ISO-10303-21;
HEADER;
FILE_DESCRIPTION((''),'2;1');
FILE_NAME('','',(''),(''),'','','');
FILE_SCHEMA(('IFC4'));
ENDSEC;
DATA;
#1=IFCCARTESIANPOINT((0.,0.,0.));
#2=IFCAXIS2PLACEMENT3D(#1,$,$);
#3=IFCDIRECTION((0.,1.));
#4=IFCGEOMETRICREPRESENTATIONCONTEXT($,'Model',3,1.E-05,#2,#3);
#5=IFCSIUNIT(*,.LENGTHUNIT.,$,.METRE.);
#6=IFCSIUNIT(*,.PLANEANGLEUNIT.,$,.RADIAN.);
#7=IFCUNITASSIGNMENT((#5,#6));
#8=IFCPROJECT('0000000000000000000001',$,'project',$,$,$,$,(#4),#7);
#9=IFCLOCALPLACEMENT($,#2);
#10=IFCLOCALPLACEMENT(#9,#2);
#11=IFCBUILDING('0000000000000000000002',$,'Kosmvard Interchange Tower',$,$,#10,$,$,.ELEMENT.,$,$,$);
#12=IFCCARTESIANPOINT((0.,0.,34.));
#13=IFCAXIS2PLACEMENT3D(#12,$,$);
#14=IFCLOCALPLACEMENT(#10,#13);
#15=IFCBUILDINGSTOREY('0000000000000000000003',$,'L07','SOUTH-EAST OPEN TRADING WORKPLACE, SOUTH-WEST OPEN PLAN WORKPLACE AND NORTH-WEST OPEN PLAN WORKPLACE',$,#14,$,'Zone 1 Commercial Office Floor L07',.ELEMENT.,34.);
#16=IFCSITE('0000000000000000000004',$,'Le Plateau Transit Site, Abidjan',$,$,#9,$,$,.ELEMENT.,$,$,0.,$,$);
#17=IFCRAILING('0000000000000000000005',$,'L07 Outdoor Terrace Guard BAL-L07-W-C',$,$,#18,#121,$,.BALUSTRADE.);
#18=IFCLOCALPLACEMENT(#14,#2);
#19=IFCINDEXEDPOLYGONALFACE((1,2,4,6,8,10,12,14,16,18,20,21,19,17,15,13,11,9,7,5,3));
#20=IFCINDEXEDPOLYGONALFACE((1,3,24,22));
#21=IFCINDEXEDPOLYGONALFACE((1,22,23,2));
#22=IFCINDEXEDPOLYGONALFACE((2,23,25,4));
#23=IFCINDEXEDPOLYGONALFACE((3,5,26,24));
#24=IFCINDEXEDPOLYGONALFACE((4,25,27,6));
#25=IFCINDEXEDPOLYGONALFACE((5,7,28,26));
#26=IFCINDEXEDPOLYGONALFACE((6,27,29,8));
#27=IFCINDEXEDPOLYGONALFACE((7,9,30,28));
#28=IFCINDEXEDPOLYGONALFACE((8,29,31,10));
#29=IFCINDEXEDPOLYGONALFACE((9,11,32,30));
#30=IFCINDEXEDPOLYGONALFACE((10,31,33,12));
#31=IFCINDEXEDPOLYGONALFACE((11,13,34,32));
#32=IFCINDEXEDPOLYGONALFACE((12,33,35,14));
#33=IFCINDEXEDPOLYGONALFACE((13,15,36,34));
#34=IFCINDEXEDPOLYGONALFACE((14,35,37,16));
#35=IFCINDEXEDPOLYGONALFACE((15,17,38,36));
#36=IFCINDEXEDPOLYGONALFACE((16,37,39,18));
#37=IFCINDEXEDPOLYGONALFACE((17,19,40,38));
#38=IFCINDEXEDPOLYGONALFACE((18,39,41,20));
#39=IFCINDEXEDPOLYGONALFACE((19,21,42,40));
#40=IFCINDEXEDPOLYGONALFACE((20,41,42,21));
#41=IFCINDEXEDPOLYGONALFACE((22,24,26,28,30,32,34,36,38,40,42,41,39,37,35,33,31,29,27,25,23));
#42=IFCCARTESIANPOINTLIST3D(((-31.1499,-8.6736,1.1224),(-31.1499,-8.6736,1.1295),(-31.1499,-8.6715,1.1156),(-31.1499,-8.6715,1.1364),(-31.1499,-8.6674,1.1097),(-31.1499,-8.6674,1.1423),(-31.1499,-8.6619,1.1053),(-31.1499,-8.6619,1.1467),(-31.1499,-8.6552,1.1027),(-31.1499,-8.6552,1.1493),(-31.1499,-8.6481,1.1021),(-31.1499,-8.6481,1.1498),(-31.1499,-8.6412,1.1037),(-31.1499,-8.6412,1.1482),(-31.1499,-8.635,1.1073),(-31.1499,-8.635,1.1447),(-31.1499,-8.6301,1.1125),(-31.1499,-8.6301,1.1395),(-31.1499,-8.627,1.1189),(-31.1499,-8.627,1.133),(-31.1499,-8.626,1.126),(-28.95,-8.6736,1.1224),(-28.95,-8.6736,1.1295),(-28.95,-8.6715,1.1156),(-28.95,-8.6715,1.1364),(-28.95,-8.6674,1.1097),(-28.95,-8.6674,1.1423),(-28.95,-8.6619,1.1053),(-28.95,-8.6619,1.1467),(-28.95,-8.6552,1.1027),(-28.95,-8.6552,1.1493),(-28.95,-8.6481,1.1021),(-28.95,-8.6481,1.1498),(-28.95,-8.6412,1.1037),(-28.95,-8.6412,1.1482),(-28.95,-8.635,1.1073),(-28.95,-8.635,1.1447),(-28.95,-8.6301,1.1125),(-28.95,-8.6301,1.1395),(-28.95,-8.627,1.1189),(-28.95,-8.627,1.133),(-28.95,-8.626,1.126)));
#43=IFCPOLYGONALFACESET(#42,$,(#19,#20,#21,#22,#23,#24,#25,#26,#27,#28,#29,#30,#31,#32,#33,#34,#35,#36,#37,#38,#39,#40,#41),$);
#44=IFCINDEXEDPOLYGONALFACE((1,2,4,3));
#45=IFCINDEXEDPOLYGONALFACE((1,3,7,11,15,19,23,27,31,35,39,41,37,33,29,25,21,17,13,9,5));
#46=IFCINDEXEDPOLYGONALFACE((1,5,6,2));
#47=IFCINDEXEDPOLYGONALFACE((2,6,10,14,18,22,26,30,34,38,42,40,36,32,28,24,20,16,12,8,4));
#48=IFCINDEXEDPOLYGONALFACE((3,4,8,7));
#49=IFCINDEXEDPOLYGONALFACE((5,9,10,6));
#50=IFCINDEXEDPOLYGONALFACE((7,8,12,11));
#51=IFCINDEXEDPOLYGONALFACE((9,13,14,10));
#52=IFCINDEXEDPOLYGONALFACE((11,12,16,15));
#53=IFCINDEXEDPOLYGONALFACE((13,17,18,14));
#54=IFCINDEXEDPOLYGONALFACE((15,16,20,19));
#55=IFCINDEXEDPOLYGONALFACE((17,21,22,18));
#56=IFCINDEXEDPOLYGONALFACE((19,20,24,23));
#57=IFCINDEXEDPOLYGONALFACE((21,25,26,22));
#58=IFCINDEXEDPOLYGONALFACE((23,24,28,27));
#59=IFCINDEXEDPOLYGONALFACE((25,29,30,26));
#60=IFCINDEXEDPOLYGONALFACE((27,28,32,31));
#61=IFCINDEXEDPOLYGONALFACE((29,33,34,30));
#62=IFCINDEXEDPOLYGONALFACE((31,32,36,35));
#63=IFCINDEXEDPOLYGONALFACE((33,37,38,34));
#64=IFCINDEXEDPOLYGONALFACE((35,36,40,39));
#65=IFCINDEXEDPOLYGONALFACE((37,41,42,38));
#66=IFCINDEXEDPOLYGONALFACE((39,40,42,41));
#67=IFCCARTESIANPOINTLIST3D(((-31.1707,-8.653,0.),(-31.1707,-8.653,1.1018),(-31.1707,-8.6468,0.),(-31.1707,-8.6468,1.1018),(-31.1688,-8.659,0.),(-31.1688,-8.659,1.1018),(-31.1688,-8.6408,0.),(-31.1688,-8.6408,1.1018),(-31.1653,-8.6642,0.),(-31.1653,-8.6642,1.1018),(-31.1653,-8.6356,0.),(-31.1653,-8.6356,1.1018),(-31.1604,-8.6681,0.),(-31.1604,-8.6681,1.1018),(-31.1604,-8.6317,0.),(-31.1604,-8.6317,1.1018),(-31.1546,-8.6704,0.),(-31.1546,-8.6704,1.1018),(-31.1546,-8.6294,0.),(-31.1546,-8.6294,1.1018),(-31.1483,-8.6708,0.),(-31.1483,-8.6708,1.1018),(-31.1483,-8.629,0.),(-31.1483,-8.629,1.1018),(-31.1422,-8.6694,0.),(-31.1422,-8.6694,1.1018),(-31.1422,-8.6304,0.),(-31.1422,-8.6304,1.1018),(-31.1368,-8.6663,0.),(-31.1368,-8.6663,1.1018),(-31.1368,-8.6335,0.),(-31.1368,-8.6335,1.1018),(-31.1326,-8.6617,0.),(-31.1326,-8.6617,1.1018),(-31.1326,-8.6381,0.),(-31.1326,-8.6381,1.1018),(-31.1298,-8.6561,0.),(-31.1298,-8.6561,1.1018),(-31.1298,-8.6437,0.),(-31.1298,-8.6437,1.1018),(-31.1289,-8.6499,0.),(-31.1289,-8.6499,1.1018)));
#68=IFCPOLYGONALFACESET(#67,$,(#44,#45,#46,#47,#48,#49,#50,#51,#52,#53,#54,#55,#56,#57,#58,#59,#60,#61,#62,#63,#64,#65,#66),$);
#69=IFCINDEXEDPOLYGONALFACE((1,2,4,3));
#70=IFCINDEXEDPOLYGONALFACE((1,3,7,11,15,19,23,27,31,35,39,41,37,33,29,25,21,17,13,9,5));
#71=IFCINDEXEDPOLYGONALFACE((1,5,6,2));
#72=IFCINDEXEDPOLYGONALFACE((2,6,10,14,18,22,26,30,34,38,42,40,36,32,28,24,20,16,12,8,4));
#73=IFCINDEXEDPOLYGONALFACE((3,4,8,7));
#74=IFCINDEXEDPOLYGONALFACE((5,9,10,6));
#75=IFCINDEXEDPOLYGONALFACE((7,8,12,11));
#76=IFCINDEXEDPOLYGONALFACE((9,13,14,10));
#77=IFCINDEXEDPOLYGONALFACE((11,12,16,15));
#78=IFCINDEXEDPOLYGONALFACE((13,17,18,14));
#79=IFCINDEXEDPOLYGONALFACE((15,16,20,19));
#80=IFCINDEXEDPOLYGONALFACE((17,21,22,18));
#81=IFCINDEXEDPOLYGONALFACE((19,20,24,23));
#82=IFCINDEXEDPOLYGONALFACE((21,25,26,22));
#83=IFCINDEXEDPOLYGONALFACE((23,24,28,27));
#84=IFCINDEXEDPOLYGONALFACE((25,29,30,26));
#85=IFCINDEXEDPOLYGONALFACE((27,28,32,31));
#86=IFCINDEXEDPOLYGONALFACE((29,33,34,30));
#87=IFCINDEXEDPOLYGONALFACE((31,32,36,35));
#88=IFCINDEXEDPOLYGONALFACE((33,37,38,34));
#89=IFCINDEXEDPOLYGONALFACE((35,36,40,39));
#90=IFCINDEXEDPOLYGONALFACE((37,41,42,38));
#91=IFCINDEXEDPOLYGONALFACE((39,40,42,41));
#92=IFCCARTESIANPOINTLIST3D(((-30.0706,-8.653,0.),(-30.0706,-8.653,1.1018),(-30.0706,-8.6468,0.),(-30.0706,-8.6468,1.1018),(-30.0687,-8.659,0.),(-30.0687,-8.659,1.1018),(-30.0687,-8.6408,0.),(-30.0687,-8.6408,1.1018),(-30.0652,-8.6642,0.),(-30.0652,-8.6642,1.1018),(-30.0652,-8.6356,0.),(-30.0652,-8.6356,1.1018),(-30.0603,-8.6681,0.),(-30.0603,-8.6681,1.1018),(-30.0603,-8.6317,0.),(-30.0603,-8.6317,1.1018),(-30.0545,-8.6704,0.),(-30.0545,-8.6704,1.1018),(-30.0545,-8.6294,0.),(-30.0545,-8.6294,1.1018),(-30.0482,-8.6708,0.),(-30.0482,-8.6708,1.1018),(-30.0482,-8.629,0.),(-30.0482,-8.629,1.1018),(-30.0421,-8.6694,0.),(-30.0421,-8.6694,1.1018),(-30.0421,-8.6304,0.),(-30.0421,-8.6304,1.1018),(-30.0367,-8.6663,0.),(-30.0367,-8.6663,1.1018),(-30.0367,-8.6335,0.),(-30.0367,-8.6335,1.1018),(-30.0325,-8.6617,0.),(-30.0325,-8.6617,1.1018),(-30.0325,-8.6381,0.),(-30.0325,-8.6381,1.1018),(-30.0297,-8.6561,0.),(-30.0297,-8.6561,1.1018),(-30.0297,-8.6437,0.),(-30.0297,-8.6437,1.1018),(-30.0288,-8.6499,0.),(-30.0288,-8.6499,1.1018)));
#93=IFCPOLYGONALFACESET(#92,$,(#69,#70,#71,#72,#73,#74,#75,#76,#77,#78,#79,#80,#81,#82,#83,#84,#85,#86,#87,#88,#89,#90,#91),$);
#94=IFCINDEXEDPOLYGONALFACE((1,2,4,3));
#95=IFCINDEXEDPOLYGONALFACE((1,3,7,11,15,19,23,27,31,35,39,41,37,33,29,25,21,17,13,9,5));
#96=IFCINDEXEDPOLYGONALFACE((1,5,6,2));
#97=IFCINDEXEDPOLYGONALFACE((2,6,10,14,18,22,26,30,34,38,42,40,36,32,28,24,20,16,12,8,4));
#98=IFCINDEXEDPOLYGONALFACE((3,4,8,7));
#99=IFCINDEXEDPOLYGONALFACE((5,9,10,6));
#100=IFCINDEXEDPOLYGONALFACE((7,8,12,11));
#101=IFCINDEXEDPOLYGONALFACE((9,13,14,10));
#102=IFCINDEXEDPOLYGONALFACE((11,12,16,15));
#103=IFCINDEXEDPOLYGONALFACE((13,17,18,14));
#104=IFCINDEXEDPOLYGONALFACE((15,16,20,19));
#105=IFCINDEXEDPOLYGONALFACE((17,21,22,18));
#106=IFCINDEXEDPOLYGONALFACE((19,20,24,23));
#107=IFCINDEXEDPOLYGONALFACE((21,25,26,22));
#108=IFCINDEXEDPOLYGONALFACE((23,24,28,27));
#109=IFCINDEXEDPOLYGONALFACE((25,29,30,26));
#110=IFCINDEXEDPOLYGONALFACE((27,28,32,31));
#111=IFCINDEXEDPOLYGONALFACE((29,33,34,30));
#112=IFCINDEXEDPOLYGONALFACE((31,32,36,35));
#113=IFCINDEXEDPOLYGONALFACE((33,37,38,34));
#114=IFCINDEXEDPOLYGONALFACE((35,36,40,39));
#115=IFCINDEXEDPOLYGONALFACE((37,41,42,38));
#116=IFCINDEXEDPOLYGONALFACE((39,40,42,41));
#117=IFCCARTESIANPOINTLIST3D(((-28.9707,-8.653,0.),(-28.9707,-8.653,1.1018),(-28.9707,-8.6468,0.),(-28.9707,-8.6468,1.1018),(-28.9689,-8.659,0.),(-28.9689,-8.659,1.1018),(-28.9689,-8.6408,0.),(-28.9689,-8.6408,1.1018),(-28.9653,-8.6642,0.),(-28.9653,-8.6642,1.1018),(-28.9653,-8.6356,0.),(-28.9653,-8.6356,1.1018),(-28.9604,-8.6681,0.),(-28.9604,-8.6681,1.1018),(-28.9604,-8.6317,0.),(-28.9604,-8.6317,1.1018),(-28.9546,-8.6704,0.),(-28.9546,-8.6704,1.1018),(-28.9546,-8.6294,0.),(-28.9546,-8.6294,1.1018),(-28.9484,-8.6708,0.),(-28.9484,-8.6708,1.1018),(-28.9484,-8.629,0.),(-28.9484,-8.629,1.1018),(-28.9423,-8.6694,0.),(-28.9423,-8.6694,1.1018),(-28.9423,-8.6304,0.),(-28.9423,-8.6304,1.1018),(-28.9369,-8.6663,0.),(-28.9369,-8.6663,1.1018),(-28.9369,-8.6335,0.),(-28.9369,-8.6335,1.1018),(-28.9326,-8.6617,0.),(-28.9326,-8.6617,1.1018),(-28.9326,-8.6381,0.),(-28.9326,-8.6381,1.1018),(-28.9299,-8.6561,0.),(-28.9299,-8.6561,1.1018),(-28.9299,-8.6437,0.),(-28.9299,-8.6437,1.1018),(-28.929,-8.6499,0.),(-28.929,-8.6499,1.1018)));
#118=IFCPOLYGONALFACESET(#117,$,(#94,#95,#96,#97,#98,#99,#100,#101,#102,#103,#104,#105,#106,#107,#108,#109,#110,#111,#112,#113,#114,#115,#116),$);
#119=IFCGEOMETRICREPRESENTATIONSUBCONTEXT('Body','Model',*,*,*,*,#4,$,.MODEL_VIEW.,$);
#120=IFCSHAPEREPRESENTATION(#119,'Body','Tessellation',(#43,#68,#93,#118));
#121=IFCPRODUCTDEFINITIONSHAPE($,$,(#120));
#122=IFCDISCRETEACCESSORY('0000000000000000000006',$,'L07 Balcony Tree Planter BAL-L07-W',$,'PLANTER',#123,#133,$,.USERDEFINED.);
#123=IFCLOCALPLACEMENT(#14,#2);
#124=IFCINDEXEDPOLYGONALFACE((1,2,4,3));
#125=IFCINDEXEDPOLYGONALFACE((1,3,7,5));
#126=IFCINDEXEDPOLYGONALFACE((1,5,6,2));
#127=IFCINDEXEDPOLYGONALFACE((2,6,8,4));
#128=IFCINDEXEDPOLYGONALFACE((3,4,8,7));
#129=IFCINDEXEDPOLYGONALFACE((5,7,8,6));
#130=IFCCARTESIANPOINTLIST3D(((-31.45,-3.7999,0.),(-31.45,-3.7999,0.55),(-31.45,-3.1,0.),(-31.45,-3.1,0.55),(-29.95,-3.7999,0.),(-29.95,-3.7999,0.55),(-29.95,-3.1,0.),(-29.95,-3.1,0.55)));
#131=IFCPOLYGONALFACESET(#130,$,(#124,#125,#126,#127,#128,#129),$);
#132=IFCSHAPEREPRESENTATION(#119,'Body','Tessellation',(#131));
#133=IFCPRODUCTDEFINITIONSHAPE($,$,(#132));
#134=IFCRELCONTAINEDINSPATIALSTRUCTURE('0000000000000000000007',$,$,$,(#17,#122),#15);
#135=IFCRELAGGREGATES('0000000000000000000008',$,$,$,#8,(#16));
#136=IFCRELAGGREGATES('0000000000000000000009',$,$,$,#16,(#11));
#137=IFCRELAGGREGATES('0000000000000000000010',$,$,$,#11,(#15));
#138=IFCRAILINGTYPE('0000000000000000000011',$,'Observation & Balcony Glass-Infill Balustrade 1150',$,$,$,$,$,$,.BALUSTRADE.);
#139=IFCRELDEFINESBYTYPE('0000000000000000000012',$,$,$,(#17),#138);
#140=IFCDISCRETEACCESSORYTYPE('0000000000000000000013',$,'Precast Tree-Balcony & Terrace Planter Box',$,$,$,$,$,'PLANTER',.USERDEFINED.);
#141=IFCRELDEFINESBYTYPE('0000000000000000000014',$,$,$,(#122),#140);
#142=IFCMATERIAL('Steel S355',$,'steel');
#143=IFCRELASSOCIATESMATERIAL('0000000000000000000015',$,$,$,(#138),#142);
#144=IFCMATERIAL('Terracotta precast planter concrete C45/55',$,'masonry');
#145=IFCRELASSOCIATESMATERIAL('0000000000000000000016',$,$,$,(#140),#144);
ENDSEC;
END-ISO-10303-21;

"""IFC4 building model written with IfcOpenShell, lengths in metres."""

from ifc_helpers import new_model, si_unit, direction, frame, origin, origin_2d, place, context, subcontext, project, spatial, rectangle, circle, extrude, source, transform, mapped, material, type_object, element, save


model = new_model("IFC4")

# Units and contexts
model_context = context("Model", 3, precision=1e-05, world=origin(), true_north=direction((0.0, 1.0)))
body_context = subcontext(model_context, "Body", "Model", "MODEL_VIEW")
ifc_project = project(units=[si_unit("LENGTHUNIT", "METRE"), si_unit("PLANEANGLEUNIT", "RADIAN")], contexts=[model_context])

# Site, building, storey
site_placement = place(None, origin())
site = spatial("IfcSite", under=ifc_project, at=site_placement, Name="Le Plateau Transit Site, Abidjan", CompositionType="ELEMENT", RefElevation=0.0)
building_placement = place(site_placement, origin())
building = spatial("IfcBuilding", under=site, at=building_placement, Name="Kosmvard Interchange Tower", CompositionType="ELEMENT")
storey_placement = place(building_placement, frame((0.0, 0.0, 34.0)))
storey = spatial("IfcBuildingStorey", under=building, at=storey_placement, Name="L07", Description="SOUTH-EAST OPEN TRADING WORKPLACE, SOUTH-WEST OPEN PLAN WORKPLACE AND NORTH-WEST OPEN PLAN WORKPLACE", LongName="Zone 1 Commercial Office Floor L07", CompositionType="ELEMENT", Elevation=34.0)

# Shared definitions
ifc_material_1 = material(Name="Steel S355", Category="steel")

# Railing
railing_type = type_object("IfcRailingType", Name="Observation & Balcony Glass-Infill Balustrade 1150", PredefinedType="BALUSTRADE", material=ifc_material_1)
shared_shape_1 = source(origin(), body_context, "Body", "SweptSolid", [
    extrude(circle(Radius=0.0239, at=origin_2d()), frame((0.0, 0.0, 1.126), z_axis=(1.0, 0.0, 0.0), x_axis=(0.0, 1.0, 0.0)), (0.0, 0.0, 1.0), 2.2),
    extrude(circle(Radius=0.021, at=origin_2d()), origin(), (0.0, 0.0, 1.0), 1.1018),
    extrude(circle(Radius=0.021, at=origin_2d()), frame((1.1001, 0.0, 0.0)), (0.0, 0.0, 1.0), 1.1018),
    extrude(circle(Radius=0.021, at=origin_2d()), frame((2.2, 0.0, 0.0)), (0.0, 0.0, 1.0), 1.1018),
])
railing_1_placement = place(storey_placement, frame((-31.1499, -8.6499, 0.0)))
element("IfcRailing", 1, at=railing_1_placement, inside=storey, type_object=railing_type, Name="L07 Outdoor Terrace Guard BAL-L07-W-C", PredefinedType="BALUSTRADE", context=body_context, shape_type="MappedRepresentation", body=[
    mapped(shared_shape_1, transform((0.0, 0.0, 0.0), scale=1.0)),
])

# Discrete accessory
ifc_material_2 = material(Name="Terracotta precast planter concrete C45/55", Category="masonry")
discrete_accessory_type = type_object("IfcDiscreteAccessoryType", Name="Precast Tree-Balcony & Terrace Planter Box", ElementType="PLANTER", PredefinedType="USERDEFINED", material=ifc_material_2)
shared_shape_2 = source(origin(), body_context, "Body", "SweptSolid", [
    extrude(rectangle(XDim=1.5, YDim=0.7, at=origin_2d()), origin(), (0.0, 0.0, 1.0), 0.55),
])
discrete_accessory_placement = place(storey_placement, frame((-30.7, -3.45, 0.0), z_axis=(0.0, 0.0, 1.0), x_axis=(1.0, 0.0, 0.0)))
element("IfcDiscreteAccessory", 2, at=discrete_accessory_placement, inside=storey, type_object=discrete_accessory_type, Name="L07 Balcony Tree Planter BAL-L07-W", ObjectType="PLANTER", PredefinedType="USERDEFINED", context=body_context, shape_type="MappedRepresentation", body=[
    mapped(shared_shape_2, transform((0.0, 0.0, 0.0), scale=1.0)),
])

save(model, "model.ifc")
